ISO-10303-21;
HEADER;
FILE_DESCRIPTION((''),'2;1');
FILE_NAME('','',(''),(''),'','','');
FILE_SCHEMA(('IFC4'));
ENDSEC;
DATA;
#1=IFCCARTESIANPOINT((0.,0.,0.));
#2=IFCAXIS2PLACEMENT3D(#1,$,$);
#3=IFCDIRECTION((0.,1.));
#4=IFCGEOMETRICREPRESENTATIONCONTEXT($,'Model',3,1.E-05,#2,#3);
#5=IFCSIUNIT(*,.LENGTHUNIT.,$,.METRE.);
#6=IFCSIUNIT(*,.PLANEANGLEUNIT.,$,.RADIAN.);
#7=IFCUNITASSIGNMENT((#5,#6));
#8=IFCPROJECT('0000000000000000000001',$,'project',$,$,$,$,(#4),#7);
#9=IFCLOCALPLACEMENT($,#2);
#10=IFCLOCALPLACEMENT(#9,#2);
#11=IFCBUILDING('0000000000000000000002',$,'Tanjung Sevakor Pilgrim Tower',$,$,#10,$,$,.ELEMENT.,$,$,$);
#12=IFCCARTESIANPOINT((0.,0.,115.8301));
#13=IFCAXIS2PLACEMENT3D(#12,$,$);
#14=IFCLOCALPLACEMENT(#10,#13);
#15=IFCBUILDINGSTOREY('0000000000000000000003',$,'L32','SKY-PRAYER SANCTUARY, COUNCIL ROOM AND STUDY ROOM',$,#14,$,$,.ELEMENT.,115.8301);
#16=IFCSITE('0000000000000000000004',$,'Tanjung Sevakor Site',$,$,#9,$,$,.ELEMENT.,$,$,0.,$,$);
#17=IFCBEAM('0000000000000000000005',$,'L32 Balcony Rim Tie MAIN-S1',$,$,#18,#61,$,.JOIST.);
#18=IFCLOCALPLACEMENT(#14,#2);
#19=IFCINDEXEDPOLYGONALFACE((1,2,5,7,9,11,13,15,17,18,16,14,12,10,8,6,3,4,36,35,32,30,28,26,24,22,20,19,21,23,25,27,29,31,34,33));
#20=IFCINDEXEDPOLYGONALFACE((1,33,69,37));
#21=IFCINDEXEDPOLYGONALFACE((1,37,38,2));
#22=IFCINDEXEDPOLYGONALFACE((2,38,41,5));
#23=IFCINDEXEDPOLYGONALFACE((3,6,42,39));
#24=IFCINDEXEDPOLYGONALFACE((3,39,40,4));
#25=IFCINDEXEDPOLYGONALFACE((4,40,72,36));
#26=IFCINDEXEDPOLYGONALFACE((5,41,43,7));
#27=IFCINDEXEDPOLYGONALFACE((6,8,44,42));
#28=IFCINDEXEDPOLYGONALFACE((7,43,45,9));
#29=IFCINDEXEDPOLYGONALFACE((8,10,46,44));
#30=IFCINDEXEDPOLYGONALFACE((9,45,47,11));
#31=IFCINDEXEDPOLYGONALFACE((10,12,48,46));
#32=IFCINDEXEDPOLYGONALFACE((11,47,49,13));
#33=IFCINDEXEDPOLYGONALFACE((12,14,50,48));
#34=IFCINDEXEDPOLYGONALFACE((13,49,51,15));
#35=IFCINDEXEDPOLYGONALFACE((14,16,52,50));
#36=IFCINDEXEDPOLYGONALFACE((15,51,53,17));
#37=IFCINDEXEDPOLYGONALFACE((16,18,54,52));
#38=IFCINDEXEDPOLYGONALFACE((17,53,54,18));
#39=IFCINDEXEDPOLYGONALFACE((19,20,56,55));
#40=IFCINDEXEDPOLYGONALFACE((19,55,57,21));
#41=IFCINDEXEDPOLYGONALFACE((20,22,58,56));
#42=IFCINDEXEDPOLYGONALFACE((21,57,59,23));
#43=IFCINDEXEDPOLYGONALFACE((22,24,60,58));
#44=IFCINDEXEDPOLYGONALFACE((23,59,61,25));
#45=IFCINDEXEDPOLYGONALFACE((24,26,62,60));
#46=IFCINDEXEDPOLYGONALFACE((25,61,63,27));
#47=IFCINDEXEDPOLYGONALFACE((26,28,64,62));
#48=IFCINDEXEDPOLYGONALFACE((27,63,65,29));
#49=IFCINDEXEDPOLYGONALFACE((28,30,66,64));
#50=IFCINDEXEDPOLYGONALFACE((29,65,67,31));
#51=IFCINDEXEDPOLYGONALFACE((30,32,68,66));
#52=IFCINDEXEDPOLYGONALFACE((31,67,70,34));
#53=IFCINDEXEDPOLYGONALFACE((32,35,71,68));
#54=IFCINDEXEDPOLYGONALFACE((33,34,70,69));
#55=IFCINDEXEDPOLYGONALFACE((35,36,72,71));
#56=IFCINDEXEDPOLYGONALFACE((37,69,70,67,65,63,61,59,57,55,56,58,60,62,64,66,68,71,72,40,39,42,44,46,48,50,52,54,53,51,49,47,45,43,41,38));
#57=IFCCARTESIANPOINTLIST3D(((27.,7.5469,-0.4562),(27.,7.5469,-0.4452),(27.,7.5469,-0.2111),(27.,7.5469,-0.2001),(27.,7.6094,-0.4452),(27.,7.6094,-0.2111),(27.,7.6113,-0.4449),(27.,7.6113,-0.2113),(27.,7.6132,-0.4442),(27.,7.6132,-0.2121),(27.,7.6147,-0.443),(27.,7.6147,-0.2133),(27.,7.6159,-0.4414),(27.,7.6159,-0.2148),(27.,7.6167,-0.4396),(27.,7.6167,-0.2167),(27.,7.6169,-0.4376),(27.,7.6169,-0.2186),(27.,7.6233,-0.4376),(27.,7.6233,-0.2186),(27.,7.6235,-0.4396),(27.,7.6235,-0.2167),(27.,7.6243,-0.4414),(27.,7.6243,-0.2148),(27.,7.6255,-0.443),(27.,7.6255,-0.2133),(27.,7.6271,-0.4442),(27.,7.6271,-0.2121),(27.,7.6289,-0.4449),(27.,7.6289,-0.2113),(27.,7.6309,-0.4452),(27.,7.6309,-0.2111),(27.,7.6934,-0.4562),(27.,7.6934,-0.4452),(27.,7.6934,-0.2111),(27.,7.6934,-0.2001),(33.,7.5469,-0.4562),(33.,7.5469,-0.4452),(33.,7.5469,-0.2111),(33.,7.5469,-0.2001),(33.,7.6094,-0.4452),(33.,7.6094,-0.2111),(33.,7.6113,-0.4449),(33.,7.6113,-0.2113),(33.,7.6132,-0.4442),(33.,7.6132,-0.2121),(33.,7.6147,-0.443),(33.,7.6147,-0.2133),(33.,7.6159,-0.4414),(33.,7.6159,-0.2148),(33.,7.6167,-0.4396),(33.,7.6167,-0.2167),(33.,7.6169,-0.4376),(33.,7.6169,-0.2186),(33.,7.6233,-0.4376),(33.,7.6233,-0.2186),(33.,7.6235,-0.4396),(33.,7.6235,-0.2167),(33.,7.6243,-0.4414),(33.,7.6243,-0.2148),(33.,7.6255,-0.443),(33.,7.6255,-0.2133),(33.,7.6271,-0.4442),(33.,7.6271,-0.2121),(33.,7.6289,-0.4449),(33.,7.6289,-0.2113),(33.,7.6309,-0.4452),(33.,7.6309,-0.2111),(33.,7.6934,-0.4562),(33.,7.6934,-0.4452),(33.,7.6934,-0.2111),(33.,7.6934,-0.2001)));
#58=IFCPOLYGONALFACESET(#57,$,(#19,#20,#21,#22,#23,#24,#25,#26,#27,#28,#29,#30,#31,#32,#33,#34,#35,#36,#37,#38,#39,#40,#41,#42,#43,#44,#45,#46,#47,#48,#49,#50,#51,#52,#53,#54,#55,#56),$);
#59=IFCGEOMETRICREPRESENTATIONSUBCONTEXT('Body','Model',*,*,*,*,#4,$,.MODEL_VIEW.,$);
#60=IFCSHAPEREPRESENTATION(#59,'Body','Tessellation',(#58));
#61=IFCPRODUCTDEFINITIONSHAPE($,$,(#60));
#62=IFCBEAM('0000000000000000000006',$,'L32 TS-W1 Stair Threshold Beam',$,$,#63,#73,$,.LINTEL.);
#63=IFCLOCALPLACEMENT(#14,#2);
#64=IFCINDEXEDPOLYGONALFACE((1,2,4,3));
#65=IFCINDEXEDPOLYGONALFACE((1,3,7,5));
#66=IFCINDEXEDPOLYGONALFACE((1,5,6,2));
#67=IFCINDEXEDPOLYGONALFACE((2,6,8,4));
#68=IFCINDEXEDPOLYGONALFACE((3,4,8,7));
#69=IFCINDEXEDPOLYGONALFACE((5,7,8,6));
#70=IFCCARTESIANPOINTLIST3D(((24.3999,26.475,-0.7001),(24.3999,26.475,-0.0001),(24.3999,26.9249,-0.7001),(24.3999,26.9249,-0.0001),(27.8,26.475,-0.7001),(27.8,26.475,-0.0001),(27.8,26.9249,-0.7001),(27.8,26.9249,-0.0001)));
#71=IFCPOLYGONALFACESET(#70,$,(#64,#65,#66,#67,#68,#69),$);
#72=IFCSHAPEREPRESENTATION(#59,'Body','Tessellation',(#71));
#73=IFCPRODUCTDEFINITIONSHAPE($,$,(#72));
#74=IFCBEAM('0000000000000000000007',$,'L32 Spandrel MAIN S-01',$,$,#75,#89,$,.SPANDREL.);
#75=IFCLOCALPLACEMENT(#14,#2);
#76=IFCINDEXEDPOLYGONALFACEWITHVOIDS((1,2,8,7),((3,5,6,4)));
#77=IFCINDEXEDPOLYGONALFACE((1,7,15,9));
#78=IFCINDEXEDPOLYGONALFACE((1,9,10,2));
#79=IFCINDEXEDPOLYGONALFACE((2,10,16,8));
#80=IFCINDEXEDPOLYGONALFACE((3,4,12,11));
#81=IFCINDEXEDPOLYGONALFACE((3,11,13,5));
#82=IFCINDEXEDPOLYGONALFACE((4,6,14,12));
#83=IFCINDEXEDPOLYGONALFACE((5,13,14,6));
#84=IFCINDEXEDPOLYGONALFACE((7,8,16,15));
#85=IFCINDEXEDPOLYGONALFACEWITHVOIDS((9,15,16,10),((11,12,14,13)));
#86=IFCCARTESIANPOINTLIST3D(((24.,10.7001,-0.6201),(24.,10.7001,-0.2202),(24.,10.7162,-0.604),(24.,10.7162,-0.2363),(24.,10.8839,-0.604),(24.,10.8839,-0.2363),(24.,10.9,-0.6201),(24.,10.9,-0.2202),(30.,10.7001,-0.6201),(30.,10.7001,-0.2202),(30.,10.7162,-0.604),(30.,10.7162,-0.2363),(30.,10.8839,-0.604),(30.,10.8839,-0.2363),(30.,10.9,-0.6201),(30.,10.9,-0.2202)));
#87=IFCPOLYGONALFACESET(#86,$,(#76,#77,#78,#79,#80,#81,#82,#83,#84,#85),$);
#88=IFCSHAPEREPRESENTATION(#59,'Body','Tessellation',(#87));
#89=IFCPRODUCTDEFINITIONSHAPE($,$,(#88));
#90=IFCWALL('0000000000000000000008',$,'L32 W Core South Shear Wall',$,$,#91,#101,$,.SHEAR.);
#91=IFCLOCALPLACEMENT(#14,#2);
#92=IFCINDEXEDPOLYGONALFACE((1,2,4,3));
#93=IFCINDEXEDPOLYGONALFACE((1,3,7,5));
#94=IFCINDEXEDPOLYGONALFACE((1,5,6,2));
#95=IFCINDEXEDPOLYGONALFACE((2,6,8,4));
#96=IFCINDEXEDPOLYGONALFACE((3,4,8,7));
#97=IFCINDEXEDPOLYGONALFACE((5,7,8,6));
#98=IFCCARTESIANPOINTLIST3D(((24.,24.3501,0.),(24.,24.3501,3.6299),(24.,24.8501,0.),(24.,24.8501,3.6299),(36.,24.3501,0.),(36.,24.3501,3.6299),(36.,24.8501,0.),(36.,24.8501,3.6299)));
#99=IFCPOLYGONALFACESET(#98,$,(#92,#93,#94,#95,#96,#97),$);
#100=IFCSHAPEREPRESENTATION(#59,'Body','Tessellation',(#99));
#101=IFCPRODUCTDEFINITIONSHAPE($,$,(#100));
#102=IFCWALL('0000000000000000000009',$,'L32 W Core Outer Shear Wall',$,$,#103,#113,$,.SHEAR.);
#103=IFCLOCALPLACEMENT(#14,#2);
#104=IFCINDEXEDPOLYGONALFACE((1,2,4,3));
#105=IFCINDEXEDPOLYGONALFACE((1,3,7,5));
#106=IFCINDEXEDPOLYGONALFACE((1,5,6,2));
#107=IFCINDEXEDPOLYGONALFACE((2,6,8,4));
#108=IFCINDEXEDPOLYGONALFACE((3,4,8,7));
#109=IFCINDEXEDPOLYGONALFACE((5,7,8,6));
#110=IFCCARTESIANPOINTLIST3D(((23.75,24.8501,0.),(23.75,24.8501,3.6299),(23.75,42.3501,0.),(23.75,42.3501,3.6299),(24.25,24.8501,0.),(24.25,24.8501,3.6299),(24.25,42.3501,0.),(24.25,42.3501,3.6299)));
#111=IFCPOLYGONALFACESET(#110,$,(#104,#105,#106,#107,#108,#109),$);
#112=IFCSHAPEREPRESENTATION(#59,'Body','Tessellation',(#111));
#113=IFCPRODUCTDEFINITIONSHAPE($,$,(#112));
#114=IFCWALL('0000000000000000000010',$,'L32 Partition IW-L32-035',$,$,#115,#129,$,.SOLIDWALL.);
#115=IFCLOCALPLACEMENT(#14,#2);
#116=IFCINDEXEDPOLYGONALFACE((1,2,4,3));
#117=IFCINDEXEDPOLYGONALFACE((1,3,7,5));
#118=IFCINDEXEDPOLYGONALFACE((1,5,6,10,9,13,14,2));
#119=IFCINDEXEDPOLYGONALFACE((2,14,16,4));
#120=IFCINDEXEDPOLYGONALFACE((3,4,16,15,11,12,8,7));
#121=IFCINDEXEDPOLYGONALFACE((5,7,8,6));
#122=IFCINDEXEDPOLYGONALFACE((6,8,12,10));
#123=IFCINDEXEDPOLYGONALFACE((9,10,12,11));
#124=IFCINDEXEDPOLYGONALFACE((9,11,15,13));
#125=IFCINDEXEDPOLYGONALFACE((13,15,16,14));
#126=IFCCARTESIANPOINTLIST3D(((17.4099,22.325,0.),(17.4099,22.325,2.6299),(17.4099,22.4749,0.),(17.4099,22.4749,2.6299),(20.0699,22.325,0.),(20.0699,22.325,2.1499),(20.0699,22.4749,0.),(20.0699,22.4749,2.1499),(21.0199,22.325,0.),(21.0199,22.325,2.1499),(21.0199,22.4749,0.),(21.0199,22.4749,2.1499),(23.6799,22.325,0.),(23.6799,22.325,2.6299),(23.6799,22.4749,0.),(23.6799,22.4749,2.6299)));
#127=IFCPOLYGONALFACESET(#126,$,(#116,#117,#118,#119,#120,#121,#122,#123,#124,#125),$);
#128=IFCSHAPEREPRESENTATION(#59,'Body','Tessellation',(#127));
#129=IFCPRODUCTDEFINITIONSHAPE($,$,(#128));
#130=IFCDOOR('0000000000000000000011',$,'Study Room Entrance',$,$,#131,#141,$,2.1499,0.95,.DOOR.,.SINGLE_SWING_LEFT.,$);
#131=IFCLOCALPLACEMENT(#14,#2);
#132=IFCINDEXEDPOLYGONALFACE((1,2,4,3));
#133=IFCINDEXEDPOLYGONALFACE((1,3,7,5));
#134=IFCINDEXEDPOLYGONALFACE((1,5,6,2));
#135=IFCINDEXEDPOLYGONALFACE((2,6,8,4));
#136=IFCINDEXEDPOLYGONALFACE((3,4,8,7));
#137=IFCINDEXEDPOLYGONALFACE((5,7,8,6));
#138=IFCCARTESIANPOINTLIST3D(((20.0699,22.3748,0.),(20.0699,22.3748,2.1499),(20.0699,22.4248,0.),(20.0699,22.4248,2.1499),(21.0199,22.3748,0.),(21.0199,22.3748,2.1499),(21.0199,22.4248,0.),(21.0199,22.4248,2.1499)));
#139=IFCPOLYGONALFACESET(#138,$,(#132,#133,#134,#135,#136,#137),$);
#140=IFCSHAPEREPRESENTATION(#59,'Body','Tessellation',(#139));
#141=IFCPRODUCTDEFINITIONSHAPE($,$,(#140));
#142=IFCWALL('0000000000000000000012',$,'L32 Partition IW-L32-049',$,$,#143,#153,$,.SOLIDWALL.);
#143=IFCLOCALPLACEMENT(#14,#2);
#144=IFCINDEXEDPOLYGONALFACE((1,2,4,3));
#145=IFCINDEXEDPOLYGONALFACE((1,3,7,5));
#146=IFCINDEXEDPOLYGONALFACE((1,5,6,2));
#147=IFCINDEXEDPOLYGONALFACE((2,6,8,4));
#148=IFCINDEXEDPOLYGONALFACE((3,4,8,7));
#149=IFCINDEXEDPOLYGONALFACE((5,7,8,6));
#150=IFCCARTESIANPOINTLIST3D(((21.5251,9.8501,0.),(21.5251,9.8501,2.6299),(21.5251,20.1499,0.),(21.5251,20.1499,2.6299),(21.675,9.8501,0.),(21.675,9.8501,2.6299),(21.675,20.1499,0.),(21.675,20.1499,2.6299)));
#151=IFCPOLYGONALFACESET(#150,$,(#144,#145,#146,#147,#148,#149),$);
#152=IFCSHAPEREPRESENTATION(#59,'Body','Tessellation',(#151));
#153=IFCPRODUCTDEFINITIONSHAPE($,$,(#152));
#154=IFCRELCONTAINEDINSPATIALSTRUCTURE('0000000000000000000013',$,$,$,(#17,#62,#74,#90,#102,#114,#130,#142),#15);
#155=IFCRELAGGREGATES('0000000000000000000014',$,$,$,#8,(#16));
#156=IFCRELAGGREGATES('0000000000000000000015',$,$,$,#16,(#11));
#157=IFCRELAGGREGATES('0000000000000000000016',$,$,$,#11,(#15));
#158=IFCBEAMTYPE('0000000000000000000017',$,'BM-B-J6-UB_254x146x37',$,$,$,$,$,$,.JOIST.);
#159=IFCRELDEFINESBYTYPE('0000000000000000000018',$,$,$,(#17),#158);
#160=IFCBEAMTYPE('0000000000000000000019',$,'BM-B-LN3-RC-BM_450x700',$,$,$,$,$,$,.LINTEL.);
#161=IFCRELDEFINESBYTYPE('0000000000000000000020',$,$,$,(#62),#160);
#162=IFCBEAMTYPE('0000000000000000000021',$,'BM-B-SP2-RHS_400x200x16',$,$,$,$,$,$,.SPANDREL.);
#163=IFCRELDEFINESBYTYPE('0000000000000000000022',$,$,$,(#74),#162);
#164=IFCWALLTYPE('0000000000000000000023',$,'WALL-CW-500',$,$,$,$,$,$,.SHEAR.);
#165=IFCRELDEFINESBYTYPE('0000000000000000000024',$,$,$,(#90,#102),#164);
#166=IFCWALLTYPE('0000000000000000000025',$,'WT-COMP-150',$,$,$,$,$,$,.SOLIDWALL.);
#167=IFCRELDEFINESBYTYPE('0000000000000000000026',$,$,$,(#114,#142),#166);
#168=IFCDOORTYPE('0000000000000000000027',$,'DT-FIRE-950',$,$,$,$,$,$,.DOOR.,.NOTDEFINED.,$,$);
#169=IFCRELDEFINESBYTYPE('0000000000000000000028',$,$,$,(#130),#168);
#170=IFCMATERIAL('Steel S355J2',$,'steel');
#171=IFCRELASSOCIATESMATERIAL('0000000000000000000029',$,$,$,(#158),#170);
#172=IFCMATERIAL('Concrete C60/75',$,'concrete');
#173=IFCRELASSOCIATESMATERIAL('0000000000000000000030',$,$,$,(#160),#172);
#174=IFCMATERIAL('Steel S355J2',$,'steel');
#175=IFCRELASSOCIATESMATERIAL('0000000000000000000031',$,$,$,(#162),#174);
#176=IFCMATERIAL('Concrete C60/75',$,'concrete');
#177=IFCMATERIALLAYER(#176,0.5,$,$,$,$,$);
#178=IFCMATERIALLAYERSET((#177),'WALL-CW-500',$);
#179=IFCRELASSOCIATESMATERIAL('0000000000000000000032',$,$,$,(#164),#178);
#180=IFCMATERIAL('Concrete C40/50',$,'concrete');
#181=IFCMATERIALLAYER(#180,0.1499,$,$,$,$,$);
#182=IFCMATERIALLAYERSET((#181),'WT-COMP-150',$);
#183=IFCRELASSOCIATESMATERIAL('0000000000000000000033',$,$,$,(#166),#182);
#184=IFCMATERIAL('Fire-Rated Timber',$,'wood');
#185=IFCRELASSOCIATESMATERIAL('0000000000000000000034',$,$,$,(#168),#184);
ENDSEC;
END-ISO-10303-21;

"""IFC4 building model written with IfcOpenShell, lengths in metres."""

from ifc_helpers import new_model, si_unit, direction, frame, frame_2d, origin, origin_2d, place, context, subcontext, project, spatial, rectangle, hollow_rectangle, i_section, extrude, material, layer, layer_set, material_profile, profile_set, type_object, element, fill, save


model = new_model("IFC4")

# Units and contexts
model_context = context("Model", 3, precision=1e-05, world=origin(), true_north=direction((0.0, 1.0)))
body_context = subcontext(model_context, "Body", "Model", "MODEL_VIEW")
ifc_project = project(units=[si_unit("LENGTHUNIT", "METRE"), si_unit("PLANEANGLEUNIT", "RADIAN")], contexts=[model_context])

# Site, building, storey
site_placement = place(None, origin())
site = spatial("IfcSite", under=ifc_project, at=site_placement, Name="Tanjung Sevakor Site", CompositionType="ELEMENT", RefElevation=0.0)
building_placement = place(site_placement, origin())
building = spatial("IfcBuilding", under=site, at=building_placement, Name="Tanjung Sevakor Pilgrim Tower", CompositionType="ELEMENT")
storey_placement = place(building_placement, frame((0.0, 0.0, 115.8301)))
storey = spatial("IfcBuildingStorey", under=building, at=storey_placement, Name="L32", Description="SKY-PRAYER SANCTUARY, COUNCIL ROOM AND STUDY ROOM", CompositionType="ELEMENT", Elevation=115.8301)

# Beams
ifc_material_1 = material(Name="Steel S355J2", Category="steel")
ifc_material_profile_1 = material_profile(ifc_material_1, i_section(OverallWidth=0.1465, OverallDepth=0.2561, WebThickness=0.0063, FlangeThickness=0.011, FilletRadius=0.0076, at=origin_2d()))
ifc_profile_set_1 = profile_set([ifc_material_profile_1], Name="Steel S355J2")
beam_type_1 = type_object("IfcBeamType", Name="BM-B-J6-UB_254x146x37", PredefinedType="JOIST", material=ifc_profile_set_1)
beam_1_placement = place(storey_placement, frame((27.0, 7.6201, -0.3281), z_axis=(1.0, 0.0, 0.0), x_axis=(0.0, 1.0, 0.0)))
element("IfcBeam", 1, at=beam_1_placement, inside=storey, type_object=beam_type_1, Name="L32 Balcony Rim Tie MAIN-S1", PredefinedType="JOIST", context=body_context, shape_type="SweptSolid", body=[
    extrude(i_section(OverallWidth=0.1465, OverallDepth=0.2561, WebThickness=0.0063, FlangeThickness=0.011, FilletRadius=0.0076, at=origin_2d()), origin(), (0.0, 0.0, 1.0), 6.0),
])
ifc_material_2 = material(Name="Concrete C60/75", Category="concrete")
ifc_material_profile_2 = material_profile(ifc_material_2, rectangle(XDim=0.45, YDim=0.7, at=origin_2d()))
ifc_profile_set_2 = profile_set([ifc_material_profile_2], Name="Concrete C60/75")
beam_type_2 = type_object("IfcBeamType", Name="BM-B-LN3-RC-BM_450x700", PredefinedType="LINTEL", material=ifc_profile_set_2)
beam_2_placement = place(storey_placement, frame((24.3999, 26.7, -0.3501), z_axis=(1.0, 0.0, 0.0), x_axis=(0.0, 1.0, 0.0)))
element("IfcBeam", 2, at=beam_2_placement, inside=storey, type_object=beam_type_2, Name="L32 TS-W1 Stair Threshold Beam", PredefinedType="LINTEL", context=body_context, shape_type="SweptSolid", body=[
    extrude(rectangle(XDim=0.45, YDim=0.7, at=origin_2d()), origin(), (0.0, 0.0, 1.0), 3.4001),
])
ifc_material_3 = material(Name="Steel S355J2", Category="steel")
ifc_material_profile_3 = material_profile(ifc_material_3, hollow_rectangle(XDim=0.2, YDim=0.3999, WallThickness=0.0161, at=origin_2d()))
ifc_profile_set_3 = profile_set([ifc_material_profile_3], Name="Steel S355J2")
beam_type_3 = type_object("IfcBeamType", Name="BM-B-SP2-RHS_400x200x16", PredefinedType="SPANDREL", material=ifc_profile_set_3)
beam_3_placement = place(storey_placement, frame((24.0, 10.8, -0.4202), z_axis=(1.0, 0.0, 0.0), x_axis=(0.0, 1.0, 0.0)))
element("IfcBeam", 3, at=beam_3_placement, inside=storey, type_object=beam_type_3, Name="L32 Spandrel MAIN S-01", PredefinedType="SPANDREL", context=body_context, shape_type="SweptSolid", body=[
    extrude(hollow_rectangle(XDim=0.2, YDim=0.3999, WallThickness=0.0161, at=origin_2d()), origin(), (0.0, 0.0, 1.0), 6.0),
])

# Walls
ifc_material_4 = material(Name="Concrete C60/75", Category="concrete")
ifc_layer_1 = layer(ifc_material_4, 0.5)
ifc_layer_set_1 = layer_set([ifc_layer_1], Name="WALL-CW-500")
wall_type_1 = type_object("IfcWallType", Name="WALL-CW-500", PredefinedType="SHEAR", material=ifc_layer_set_1)
wall_1_placement = place(storey_placement, frame((24.0, 24.6001, 0.0), z_axis=(0.0, 0.0, 1.0), x_axis=(1.0, 0.0, 0.0)))
element("IfcWall", 4, at=wall_1_placement, inside=storey, type_object=wall_type_1, Name="L32 W Core South Shear Wall", PredefinedType="SHEAR", context=body_context, shape_type="SweptSolid", body=[
    extrude(rectangle(XDim=12.0, YDim=0.5, at=frame_2d((6.0, 0.0))), origin(), (0.0, 0.0, 1.0), 3.6299),
])
wall_2_placement = place(storey_placement, frame((24.0, 24.8501, 0.0), z_axis=(0.0, 0.0, 1.0), x_axis=(0.0, 1.0, 0.0)))
element("IfcWall", 5, at=wall_2_placement, inside=storey, type_object=wall_type_1, Name="L32 W Core Outer Shear Wall", PredefinedType="SHEAR", context=body_context, shape_type="SweptSolid", body=[
    extrude(rectangle(XDim=17.5, YDim=0.5, at=frame_2d((8.75, 0.0))), origin(), (0.0, 0.0, 1.0), 3.6299),
])

# Wall, opening, door
ifc_material_5 = material(Name="Concrete C40/50", Category="concrete")
ifc_layer_2 = layer(ifc_material_5, 0.1499)
ifc_layer_set_2 = layer_set([ifc_layer_2], Name="WT-COMP-150")
wall_type_2 = type_object("IfcWallType", Name="WT-COMP-150", PredefinedType="SOLIDWALL", material=ifc_layer_set_2)
wall_3_placement = place(storey_placement, frame((17.4099, 22.3999, 0.0), z_axis=(0.0, 0.0, 1.0), x_axis=(1.0, 0.0, 0.0)))
wall_3 = element("IfcWall", 6, at=wall_3_placement, inside=storey, type_object=wall_type_2, Name="L32 Partition IW-L32-035", PredefinedType="SOLIDWALL", context=body_context, shape_type="SweptSolid", body=[
    extrude(rectangle(XDim=6.27, YDim=0.1499, at=frame_2d((3.135, 0.0))), origin(), (0.0, 0.0, 1.0), 2.6299),
])
opening_1_placement = place(wall_3_placement, frame((2.6599, 0.0, 0.0)))
opening_1 = element("IfcOpeningElement", 7, at=opening_1_placement, cuts=wall_3, PredefinedType="OPENING", context=body_context, shape_type="SweptSolid", body=[
    extrude(rectangle(XDim=0.95, YDim=2.1499, at=frame_2d((0.4751, 1.075))), frame((0.0, 0.085, 0.0), z_axis=(0.0, -1.0, 0.0), x_axis=(1.0, 0.0, 0.0)), (0.0, 0.0, 1.0), 0.1699),
])
ifc_material_6 = material(Name="Fire-Rated Timber", Category="wood")
door_type_1 = type_object("IfcDoorType", Name="DT-FIRE-950", OperationType="NOTDEFINED", PredefinedType="DOOR", material=ifc_material_6)
door_1_placement = place(opening_1_placement, origin())
door_1 = element("IfcDoor", 8, at=door_1_placement, inside=storey, type_object=door_type_1, Name="Study Room Entrance", OperationType="SINGLE_SWING_LEFT", OverallHeight=2.1499, OverallWidth=0.95, PredefinedType="DOOR", context=body_context, shape_type="SweptSolid", body=[
    extrude(rectangle(XDim=0.95, YDim=2.1499, at=frame_2d((0.4751, 1.075))), frame((0.0, 0.0249, 0.0), z_axis=(0.0, -1.0, 0.0), x_axis=(1.0, 0.0, 0.0)), (0.0, 0.0, 1.0), 0.05),
])
fill(opening_1, door_1)

# Wall
wall_4_placement = place(storey_placement, frame((21.6001, 9.8501, 0.0), z_axis=(0.0, 0.0, 1.0), x_axis=(0.0, 1.0, 0.0)))
element("IfcWall", 9, at=wall_4_placement, inside=storey, type_object=wall_type_2, Name="L32 Partition IW-L32-049", PredefinedType="SOLIDWALL", context=body_context, shape_type="SweptSolid", body=[
    extrude(rectangle(XDim=10.2998, YDim=0.1499, at=frame_2d((5.1499, 0.0))), origin(), (0.0, 0.0, 1.0), 2.6299),
])

save(model, "model.ifc")
